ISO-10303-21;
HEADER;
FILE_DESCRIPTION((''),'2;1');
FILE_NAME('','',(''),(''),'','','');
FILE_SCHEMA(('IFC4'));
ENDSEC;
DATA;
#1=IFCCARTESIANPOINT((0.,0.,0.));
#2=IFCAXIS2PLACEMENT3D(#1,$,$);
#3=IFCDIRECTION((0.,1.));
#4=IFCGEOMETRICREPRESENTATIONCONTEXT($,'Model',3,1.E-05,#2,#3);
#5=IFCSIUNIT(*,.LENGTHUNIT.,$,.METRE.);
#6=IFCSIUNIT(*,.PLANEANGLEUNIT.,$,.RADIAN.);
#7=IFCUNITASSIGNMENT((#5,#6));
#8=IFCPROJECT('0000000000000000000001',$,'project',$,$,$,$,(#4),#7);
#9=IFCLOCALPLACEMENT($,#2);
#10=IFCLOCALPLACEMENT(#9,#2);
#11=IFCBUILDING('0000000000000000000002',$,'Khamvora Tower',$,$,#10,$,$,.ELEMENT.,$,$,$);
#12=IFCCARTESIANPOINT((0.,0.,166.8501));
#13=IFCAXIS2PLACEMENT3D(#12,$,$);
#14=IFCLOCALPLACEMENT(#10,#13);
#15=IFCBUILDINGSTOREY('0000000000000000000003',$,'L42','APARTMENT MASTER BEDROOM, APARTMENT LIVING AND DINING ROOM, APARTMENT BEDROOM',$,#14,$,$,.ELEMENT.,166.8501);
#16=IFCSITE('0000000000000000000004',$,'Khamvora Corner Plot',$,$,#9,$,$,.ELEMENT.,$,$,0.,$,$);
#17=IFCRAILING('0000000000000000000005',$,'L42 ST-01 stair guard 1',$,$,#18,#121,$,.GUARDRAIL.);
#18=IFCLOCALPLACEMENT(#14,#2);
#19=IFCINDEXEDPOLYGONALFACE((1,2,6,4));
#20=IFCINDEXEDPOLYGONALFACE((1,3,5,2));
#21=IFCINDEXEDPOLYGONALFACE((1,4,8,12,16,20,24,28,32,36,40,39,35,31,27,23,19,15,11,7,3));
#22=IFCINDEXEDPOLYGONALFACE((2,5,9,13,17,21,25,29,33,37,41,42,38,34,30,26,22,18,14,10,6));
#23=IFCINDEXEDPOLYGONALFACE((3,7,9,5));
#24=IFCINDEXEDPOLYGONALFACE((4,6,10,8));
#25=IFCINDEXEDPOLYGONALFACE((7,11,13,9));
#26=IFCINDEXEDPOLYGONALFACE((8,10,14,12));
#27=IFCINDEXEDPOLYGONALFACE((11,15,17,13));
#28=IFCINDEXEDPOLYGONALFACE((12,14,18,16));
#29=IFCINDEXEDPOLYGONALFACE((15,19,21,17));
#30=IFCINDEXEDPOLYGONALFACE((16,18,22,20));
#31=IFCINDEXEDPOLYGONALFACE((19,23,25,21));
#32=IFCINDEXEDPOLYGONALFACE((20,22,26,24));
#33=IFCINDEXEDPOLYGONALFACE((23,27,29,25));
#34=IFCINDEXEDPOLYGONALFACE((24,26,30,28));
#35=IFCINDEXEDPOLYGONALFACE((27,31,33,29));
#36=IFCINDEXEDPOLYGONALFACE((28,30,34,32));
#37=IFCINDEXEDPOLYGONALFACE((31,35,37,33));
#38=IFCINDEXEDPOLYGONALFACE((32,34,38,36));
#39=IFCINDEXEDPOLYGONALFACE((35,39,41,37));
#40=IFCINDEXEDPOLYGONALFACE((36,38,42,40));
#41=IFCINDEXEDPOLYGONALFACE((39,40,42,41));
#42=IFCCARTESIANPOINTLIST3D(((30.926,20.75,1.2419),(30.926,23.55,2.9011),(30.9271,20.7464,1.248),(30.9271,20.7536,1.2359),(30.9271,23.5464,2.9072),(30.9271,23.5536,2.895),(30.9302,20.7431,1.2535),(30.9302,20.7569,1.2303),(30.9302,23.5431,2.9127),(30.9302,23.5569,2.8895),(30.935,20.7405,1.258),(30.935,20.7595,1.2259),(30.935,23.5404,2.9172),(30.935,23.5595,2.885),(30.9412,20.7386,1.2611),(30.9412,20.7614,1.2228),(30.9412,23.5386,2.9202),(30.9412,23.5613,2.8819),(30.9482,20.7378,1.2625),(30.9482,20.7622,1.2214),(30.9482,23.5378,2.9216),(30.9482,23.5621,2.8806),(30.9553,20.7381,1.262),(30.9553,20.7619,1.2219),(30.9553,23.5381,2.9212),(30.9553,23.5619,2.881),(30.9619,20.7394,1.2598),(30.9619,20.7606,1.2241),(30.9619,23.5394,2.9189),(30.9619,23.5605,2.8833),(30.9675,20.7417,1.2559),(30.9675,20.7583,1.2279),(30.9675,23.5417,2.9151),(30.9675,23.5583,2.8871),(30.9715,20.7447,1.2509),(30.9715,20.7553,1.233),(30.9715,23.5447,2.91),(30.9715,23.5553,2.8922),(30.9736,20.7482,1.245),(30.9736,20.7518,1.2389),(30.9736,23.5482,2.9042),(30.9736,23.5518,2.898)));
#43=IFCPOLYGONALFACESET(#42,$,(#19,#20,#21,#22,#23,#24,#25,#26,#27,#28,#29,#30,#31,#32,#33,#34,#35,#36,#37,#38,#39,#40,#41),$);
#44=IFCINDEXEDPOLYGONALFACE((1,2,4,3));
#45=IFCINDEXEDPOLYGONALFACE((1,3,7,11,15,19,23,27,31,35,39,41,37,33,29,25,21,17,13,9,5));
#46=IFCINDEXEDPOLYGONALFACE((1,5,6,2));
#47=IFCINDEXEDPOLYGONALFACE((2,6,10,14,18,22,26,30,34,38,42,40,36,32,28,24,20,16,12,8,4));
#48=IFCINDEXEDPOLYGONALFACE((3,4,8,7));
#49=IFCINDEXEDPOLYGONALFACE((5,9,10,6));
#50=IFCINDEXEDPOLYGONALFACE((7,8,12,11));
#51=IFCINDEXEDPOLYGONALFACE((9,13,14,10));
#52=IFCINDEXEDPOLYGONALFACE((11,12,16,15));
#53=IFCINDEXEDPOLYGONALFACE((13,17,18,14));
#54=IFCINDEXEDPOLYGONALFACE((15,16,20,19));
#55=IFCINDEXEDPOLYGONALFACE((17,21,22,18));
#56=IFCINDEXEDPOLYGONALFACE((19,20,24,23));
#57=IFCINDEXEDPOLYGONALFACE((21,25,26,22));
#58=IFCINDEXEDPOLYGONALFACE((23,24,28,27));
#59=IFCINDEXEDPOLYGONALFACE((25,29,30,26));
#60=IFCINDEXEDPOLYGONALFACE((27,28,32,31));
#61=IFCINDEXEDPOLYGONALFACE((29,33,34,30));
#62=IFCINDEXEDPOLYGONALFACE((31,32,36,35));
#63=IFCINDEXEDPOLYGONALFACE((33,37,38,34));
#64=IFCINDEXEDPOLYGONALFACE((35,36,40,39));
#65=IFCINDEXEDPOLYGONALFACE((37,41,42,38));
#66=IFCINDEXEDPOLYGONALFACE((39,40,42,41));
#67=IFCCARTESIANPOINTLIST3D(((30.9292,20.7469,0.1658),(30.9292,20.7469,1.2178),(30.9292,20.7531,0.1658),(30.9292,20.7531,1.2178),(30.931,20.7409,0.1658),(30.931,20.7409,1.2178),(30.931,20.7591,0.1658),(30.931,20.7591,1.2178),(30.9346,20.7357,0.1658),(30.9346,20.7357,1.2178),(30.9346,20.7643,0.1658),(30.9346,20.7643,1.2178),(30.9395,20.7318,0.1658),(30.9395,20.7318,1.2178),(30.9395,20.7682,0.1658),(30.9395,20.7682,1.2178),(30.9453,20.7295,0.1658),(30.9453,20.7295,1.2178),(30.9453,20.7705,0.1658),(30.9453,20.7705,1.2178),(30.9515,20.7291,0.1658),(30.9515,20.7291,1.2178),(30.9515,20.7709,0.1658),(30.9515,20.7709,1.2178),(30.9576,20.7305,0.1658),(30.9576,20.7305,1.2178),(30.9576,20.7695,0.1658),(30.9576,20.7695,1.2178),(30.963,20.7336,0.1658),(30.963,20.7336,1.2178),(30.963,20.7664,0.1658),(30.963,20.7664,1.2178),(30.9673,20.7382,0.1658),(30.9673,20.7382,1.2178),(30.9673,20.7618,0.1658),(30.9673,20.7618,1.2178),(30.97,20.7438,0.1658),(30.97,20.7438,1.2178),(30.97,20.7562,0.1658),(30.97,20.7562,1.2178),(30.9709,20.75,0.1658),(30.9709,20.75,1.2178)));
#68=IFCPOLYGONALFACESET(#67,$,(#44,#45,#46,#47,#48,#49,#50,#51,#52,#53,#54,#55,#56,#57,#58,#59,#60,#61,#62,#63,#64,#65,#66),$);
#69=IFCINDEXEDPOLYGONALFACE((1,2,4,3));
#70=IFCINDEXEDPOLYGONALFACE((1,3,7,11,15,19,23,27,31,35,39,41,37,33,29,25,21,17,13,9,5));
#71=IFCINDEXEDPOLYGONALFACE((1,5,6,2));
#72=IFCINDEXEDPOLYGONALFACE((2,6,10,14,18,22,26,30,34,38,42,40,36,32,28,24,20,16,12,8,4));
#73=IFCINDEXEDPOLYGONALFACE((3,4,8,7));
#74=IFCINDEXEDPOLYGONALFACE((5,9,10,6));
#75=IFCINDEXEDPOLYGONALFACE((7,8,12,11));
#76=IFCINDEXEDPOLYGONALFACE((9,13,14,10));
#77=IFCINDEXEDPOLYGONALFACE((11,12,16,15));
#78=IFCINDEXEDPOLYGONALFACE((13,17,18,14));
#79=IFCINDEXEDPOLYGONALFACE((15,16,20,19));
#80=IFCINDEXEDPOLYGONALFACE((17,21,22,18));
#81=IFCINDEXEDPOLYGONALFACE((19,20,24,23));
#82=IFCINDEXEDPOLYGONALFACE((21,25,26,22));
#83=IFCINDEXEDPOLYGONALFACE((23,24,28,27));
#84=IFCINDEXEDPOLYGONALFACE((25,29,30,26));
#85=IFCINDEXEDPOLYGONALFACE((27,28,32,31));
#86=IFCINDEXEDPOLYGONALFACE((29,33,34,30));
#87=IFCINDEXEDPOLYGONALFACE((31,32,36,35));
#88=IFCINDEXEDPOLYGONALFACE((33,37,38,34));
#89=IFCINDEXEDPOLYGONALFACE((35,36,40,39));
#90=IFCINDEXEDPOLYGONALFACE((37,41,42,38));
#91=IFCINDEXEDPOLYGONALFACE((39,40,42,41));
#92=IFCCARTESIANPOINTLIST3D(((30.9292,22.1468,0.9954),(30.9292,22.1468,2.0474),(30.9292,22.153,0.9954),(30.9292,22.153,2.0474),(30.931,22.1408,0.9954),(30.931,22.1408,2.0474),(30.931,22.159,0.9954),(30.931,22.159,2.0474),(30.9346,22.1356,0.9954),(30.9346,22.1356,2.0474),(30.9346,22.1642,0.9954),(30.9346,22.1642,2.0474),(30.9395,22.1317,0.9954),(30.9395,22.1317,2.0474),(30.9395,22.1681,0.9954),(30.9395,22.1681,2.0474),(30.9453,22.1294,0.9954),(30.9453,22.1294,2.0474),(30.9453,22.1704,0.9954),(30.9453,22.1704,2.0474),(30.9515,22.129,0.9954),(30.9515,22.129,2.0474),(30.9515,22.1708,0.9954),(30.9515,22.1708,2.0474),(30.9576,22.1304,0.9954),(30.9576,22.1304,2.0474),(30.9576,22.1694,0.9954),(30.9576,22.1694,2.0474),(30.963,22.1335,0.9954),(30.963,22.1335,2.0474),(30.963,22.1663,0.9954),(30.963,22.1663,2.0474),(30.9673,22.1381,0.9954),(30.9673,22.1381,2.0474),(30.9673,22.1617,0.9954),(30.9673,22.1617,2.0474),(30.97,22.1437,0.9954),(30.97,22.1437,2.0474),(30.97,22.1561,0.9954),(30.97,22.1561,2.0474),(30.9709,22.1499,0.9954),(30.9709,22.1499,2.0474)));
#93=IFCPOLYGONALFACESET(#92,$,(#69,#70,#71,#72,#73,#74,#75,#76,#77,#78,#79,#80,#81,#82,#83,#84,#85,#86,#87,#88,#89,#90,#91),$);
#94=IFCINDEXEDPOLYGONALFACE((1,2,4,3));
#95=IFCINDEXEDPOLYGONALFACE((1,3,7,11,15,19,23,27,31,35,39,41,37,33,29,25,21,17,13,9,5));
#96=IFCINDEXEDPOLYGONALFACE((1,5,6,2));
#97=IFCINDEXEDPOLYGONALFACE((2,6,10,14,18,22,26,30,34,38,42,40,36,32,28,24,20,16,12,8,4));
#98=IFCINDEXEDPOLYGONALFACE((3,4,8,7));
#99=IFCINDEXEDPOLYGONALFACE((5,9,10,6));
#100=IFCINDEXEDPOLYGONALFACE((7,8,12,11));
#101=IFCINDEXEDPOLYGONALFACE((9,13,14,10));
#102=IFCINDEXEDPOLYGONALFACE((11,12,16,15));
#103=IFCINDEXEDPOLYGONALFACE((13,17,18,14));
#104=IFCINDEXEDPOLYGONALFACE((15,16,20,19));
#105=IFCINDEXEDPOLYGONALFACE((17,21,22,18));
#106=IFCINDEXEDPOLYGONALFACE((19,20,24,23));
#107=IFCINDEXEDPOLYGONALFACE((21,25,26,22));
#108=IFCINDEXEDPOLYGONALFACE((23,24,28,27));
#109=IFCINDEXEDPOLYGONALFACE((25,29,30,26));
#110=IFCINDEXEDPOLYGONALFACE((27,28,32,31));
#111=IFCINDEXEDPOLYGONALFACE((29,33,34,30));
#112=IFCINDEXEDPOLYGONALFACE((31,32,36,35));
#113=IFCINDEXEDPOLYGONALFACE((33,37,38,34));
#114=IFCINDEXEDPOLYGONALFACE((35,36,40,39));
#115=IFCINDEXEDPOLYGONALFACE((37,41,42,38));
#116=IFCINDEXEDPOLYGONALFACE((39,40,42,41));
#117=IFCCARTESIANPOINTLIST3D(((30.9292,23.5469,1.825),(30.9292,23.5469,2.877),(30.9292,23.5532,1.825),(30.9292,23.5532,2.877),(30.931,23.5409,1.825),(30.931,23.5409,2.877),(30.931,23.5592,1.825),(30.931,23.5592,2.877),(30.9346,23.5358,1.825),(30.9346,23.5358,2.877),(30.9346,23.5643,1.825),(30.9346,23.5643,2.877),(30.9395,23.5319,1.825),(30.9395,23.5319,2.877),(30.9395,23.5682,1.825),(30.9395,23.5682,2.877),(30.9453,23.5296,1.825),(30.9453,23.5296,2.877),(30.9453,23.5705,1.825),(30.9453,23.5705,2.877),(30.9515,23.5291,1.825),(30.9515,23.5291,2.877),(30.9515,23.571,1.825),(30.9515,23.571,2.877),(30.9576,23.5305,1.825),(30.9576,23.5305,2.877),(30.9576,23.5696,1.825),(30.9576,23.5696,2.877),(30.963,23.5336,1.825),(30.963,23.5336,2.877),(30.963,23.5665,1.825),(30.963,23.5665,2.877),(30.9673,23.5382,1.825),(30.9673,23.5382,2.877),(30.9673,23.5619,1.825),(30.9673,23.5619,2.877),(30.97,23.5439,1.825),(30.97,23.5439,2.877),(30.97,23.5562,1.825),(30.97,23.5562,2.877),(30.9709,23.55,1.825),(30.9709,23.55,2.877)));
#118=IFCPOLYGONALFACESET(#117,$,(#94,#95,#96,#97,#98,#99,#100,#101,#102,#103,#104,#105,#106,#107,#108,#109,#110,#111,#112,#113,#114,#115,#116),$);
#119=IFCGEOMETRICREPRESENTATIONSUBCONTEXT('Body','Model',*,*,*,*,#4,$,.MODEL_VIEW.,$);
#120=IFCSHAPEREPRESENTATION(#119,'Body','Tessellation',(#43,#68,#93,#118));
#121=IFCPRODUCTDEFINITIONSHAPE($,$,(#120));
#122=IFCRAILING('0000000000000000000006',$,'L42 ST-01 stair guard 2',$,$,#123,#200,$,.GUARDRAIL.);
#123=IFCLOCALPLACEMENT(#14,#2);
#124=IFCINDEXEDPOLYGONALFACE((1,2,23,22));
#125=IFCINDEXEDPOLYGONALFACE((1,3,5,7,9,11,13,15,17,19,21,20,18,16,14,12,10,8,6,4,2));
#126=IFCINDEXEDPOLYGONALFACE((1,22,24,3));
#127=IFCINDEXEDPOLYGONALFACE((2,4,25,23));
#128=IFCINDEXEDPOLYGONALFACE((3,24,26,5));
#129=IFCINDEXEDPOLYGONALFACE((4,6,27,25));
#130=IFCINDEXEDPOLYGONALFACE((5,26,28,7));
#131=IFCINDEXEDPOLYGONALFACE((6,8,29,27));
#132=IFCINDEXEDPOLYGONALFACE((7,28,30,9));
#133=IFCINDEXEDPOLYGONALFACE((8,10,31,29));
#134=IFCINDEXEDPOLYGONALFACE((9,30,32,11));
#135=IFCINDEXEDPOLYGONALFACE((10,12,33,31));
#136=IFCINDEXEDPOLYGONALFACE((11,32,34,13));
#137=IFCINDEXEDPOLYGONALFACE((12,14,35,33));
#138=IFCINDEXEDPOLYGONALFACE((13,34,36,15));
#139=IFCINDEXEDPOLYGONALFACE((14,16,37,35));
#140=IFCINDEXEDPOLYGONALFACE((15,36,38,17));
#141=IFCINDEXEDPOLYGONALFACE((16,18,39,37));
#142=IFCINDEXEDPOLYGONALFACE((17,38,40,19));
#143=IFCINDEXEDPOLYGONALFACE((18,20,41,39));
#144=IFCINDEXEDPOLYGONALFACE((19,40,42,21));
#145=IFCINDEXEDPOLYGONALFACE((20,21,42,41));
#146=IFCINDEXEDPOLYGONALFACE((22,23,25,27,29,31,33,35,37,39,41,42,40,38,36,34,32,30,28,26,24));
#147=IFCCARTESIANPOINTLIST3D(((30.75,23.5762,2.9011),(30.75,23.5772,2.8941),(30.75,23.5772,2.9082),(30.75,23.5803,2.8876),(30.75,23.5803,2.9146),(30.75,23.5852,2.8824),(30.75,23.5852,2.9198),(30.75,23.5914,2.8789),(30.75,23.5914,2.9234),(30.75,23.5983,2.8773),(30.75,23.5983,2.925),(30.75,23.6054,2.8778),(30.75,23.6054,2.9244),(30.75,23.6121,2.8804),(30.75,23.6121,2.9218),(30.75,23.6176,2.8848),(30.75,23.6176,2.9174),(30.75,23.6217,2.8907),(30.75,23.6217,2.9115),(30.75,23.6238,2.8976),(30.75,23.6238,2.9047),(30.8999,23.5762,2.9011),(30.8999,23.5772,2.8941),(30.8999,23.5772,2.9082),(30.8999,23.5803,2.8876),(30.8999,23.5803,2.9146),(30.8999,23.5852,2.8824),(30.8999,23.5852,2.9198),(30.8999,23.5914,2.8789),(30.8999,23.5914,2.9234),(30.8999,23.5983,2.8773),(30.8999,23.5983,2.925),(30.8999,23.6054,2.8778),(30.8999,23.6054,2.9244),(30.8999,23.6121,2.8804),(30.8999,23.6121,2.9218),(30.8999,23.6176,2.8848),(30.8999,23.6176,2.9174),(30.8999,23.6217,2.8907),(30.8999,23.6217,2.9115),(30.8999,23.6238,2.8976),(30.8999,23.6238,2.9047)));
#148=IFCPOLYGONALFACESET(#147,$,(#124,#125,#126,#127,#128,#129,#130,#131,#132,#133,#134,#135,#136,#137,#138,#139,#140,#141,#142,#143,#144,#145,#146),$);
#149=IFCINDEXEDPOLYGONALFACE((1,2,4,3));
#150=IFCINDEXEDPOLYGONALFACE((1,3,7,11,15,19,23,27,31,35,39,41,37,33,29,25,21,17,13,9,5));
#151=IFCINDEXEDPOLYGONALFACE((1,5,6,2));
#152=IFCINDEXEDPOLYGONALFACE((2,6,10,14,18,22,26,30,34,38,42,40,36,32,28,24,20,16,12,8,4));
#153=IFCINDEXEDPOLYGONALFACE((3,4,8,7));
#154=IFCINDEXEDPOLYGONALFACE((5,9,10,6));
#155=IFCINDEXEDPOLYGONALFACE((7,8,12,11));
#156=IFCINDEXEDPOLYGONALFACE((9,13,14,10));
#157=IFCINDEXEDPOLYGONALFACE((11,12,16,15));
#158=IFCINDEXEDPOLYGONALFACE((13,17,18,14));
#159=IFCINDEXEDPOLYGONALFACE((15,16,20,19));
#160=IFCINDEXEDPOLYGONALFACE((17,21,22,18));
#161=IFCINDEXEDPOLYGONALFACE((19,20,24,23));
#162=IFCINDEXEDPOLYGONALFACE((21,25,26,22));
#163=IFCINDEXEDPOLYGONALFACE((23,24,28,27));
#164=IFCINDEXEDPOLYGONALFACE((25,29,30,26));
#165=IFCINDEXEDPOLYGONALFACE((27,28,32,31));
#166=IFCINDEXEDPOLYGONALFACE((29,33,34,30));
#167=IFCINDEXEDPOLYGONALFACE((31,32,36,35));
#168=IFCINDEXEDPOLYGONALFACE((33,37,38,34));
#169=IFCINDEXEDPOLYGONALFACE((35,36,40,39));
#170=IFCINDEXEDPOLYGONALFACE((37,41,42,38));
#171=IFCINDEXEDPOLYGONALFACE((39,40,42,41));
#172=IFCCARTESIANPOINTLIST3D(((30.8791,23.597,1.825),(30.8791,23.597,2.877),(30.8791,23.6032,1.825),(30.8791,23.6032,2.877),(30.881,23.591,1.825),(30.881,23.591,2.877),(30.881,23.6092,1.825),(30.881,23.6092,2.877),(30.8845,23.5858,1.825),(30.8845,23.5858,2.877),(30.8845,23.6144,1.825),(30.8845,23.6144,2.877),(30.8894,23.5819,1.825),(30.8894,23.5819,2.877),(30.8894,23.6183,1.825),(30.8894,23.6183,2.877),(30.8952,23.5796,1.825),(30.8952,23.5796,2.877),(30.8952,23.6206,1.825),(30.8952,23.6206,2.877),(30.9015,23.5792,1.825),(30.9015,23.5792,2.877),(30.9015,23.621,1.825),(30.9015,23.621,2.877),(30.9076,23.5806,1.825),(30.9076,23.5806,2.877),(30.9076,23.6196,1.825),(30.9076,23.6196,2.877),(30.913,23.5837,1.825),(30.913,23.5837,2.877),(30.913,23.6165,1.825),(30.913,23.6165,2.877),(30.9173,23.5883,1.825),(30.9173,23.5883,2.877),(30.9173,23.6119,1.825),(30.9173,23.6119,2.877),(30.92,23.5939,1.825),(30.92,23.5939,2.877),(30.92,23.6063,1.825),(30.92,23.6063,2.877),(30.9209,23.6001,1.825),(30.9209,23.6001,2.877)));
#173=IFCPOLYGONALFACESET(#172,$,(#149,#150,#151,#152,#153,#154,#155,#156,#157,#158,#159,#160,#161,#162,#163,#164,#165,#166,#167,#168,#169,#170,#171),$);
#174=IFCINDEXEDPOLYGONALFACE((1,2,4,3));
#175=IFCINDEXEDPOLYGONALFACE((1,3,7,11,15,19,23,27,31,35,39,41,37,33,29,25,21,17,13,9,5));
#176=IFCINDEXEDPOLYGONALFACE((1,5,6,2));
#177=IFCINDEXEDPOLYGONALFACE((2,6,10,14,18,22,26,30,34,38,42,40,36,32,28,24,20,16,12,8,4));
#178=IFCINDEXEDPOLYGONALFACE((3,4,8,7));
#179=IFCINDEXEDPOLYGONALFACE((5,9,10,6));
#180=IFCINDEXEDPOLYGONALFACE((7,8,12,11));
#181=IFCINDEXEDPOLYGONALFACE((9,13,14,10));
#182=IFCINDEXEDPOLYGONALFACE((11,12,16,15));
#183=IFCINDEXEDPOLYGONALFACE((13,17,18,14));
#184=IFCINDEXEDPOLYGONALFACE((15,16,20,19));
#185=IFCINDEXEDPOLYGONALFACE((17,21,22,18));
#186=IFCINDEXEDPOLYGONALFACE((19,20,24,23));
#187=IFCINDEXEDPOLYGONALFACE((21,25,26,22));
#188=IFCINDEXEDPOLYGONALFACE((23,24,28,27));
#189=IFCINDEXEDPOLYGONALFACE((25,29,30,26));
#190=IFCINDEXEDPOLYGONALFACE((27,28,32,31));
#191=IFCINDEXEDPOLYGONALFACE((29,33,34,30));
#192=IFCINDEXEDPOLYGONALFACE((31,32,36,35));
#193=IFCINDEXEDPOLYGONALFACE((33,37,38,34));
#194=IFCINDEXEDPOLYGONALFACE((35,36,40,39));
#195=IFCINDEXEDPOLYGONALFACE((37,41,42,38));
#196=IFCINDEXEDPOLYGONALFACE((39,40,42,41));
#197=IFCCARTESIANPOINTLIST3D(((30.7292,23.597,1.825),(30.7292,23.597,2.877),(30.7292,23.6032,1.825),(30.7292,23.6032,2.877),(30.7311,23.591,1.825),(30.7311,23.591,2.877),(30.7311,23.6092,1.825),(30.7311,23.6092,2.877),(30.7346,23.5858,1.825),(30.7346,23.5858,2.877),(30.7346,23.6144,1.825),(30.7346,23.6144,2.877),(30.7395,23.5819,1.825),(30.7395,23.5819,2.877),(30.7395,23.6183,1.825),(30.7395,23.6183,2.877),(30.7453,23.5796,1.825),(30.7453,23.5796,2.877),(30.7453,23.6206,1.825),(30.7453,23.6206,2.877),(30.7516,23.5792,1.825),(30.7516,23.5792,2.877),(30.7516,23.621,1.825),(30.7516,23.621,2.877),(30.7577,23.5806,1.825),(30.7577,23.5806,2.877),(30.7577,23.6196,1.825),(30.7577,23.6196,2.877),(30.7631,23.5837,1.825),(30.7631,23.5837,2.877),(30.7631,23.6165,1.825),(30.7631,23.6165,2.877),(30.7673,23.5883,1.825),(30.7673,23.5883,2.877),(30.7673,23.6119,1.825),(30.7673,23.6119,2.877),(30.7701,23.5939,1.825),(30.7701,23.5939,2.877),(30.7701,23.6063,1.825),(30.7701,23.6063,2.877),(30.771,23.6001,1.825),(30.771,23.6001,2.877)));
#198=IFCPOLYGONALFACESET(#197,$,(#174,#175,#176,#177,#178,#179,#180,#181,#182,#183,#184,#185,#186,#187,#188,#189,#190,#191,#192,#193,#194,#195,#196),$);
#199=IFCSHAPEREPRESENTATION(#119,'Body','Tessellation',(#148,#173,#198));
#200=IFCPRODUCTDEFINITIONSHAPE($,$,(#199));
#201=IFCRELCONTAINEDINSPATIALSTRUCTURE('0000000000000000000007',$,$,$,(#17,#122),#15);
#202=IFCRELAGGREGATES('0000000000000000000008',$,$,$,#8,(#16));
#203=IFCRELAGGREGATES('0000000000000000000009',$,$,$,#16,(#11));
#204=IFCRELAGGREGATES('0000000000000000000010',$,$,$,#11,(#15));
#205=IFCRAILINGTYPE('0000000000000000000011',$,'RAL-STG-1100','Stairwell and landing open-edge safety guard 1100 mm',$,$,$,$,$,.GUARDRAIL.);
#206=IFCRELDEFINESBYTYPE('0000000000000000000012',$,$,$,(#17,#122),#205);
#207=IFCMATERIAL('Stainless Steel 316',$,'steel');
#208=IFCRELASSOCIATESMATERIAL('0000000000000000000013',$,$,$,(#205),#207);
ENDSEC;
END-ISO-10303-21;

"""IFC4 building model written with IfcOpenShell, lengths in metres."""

from ifc_helpers import new_model, si_unit, direction, frame, origin, origin_2d, place, context, subcontext, project, spatial, circle, extrude, material, type_object, element, save


model = new_model("IFC4")

# Units and contexts
model_context = context("Model", 3, precision=1e-05, world=origin(), true_north=direction((0.0, 1.0)))
body_context = subcontext(model_context, "Body", "Model", "MODEL_VIEW")
ifc_project = project(units=[si_unit("LENGTHUNIT", "METRE"), si_unit("PLANEANGLEUNIT", "RADIAN")], contexts=[model_context])

# Site, building, storey
site_placement = place(None, origin())
site = spatial("IfcSite", under=ifc_project, at=site_placement, Name="Khamvora Corner Plot", CompositionType="ELEMENT", RefElevation=0.0)
building_placement = place(site_placement, origin())
building = spatial("IfcBuilding", under=site, at=building_placement, Name="Khamvora Tower", CompositionType="ELEMENT")
storey_placement = place(building_placement, frame((0.0, 0.0, 166.8501)))
storey = spatial("IfcBuildingStorey", under=building, at=storey_placement, Name="L42", Description="APARTMENT MASTER BEDROOM, APARTMENT LIVING AND DINING ROOM, APARTMENT BEDROOM", CompositionType="ELEMENT", Elevation=166.8501)

# Railings
ifc_material_1 = material(Name="Stainless Steel 316", Category="steel")
railing_type_1 = type_object("IfcRailingType", Name="RAL-STG-1100", Description="Stairwell and landing open-edge safety guard 1100 mm", PredefinedType="GUARDRAIL", material=ifc_material_1)
railing_1_placement = place(storey_placement, frame((30.95, 20.75, 0.1658)))
element("IfcRailing", 1, at=railing_1_placement, inside=storey, type_object=railing_type_1, Name="L42 ST-01 stair guard 1", PredefinedType="GUARDRAIL", context=body_context, shape_type="SweptSolid", body=[
    extrude(circle(Radius=0.0239, at=origin_2d()), frame((0.0, 0.0, 1.0762), z_axis=(0.0, 0.860306, 0.509778), x_axis=(-1.0, 0.0, 0.0)), (0.0, 0.0, 1.0), 3.2546),
    extrude(circle(Radius=0.021, at=origin_2d()), origin(), (0.0, 0.0, 1.0), 1.052),
    extrude(circle(Radius=0.021, at=origin_2d()), frame((0.0, 1.3999, 0.8296)), (0.0, 0.0, 1.0), 1.052),
    extrude(circle(Radius=0.021, at=origin_2d()), frame((0.0, 2.8, 1.6592)), (0.0, 0.0, 1.0), 1.052),
])
railing_2_placement = place(storey_placement, frame((30.8999, 23.6001, 1.825)))
element("IfcRailing", 2, at=railing_2_placement, inside=storey, type_object=railing_type_1, Name="L42 ST-01 stair guard 2", PredefinedType="GUARDRAIL", context=body_context, shape_type="SweptSolid", body=[
    extrude(circle(Radius=0.0239, at=origin_2d()), frame((0.0, 0.0, 1.0762), z_axis=(-1.0, 0.0, 0.0), x_axis=(0.0, -1.0, 0.0)), (0.0, 0.0, 1.0), 0.1499),
    extrude(circle(Radius=0.021, at=origin_2d()), origin(), (0.0, 0.0, 1.0), 1.052),
    extrude(circle(Radius=0.021, at=origin_2d()), frame((-0.1499, 0.0, 0.0)), (0.0, 0.0, 1.0), 1.052),
])

save(model, "model.ifc")
